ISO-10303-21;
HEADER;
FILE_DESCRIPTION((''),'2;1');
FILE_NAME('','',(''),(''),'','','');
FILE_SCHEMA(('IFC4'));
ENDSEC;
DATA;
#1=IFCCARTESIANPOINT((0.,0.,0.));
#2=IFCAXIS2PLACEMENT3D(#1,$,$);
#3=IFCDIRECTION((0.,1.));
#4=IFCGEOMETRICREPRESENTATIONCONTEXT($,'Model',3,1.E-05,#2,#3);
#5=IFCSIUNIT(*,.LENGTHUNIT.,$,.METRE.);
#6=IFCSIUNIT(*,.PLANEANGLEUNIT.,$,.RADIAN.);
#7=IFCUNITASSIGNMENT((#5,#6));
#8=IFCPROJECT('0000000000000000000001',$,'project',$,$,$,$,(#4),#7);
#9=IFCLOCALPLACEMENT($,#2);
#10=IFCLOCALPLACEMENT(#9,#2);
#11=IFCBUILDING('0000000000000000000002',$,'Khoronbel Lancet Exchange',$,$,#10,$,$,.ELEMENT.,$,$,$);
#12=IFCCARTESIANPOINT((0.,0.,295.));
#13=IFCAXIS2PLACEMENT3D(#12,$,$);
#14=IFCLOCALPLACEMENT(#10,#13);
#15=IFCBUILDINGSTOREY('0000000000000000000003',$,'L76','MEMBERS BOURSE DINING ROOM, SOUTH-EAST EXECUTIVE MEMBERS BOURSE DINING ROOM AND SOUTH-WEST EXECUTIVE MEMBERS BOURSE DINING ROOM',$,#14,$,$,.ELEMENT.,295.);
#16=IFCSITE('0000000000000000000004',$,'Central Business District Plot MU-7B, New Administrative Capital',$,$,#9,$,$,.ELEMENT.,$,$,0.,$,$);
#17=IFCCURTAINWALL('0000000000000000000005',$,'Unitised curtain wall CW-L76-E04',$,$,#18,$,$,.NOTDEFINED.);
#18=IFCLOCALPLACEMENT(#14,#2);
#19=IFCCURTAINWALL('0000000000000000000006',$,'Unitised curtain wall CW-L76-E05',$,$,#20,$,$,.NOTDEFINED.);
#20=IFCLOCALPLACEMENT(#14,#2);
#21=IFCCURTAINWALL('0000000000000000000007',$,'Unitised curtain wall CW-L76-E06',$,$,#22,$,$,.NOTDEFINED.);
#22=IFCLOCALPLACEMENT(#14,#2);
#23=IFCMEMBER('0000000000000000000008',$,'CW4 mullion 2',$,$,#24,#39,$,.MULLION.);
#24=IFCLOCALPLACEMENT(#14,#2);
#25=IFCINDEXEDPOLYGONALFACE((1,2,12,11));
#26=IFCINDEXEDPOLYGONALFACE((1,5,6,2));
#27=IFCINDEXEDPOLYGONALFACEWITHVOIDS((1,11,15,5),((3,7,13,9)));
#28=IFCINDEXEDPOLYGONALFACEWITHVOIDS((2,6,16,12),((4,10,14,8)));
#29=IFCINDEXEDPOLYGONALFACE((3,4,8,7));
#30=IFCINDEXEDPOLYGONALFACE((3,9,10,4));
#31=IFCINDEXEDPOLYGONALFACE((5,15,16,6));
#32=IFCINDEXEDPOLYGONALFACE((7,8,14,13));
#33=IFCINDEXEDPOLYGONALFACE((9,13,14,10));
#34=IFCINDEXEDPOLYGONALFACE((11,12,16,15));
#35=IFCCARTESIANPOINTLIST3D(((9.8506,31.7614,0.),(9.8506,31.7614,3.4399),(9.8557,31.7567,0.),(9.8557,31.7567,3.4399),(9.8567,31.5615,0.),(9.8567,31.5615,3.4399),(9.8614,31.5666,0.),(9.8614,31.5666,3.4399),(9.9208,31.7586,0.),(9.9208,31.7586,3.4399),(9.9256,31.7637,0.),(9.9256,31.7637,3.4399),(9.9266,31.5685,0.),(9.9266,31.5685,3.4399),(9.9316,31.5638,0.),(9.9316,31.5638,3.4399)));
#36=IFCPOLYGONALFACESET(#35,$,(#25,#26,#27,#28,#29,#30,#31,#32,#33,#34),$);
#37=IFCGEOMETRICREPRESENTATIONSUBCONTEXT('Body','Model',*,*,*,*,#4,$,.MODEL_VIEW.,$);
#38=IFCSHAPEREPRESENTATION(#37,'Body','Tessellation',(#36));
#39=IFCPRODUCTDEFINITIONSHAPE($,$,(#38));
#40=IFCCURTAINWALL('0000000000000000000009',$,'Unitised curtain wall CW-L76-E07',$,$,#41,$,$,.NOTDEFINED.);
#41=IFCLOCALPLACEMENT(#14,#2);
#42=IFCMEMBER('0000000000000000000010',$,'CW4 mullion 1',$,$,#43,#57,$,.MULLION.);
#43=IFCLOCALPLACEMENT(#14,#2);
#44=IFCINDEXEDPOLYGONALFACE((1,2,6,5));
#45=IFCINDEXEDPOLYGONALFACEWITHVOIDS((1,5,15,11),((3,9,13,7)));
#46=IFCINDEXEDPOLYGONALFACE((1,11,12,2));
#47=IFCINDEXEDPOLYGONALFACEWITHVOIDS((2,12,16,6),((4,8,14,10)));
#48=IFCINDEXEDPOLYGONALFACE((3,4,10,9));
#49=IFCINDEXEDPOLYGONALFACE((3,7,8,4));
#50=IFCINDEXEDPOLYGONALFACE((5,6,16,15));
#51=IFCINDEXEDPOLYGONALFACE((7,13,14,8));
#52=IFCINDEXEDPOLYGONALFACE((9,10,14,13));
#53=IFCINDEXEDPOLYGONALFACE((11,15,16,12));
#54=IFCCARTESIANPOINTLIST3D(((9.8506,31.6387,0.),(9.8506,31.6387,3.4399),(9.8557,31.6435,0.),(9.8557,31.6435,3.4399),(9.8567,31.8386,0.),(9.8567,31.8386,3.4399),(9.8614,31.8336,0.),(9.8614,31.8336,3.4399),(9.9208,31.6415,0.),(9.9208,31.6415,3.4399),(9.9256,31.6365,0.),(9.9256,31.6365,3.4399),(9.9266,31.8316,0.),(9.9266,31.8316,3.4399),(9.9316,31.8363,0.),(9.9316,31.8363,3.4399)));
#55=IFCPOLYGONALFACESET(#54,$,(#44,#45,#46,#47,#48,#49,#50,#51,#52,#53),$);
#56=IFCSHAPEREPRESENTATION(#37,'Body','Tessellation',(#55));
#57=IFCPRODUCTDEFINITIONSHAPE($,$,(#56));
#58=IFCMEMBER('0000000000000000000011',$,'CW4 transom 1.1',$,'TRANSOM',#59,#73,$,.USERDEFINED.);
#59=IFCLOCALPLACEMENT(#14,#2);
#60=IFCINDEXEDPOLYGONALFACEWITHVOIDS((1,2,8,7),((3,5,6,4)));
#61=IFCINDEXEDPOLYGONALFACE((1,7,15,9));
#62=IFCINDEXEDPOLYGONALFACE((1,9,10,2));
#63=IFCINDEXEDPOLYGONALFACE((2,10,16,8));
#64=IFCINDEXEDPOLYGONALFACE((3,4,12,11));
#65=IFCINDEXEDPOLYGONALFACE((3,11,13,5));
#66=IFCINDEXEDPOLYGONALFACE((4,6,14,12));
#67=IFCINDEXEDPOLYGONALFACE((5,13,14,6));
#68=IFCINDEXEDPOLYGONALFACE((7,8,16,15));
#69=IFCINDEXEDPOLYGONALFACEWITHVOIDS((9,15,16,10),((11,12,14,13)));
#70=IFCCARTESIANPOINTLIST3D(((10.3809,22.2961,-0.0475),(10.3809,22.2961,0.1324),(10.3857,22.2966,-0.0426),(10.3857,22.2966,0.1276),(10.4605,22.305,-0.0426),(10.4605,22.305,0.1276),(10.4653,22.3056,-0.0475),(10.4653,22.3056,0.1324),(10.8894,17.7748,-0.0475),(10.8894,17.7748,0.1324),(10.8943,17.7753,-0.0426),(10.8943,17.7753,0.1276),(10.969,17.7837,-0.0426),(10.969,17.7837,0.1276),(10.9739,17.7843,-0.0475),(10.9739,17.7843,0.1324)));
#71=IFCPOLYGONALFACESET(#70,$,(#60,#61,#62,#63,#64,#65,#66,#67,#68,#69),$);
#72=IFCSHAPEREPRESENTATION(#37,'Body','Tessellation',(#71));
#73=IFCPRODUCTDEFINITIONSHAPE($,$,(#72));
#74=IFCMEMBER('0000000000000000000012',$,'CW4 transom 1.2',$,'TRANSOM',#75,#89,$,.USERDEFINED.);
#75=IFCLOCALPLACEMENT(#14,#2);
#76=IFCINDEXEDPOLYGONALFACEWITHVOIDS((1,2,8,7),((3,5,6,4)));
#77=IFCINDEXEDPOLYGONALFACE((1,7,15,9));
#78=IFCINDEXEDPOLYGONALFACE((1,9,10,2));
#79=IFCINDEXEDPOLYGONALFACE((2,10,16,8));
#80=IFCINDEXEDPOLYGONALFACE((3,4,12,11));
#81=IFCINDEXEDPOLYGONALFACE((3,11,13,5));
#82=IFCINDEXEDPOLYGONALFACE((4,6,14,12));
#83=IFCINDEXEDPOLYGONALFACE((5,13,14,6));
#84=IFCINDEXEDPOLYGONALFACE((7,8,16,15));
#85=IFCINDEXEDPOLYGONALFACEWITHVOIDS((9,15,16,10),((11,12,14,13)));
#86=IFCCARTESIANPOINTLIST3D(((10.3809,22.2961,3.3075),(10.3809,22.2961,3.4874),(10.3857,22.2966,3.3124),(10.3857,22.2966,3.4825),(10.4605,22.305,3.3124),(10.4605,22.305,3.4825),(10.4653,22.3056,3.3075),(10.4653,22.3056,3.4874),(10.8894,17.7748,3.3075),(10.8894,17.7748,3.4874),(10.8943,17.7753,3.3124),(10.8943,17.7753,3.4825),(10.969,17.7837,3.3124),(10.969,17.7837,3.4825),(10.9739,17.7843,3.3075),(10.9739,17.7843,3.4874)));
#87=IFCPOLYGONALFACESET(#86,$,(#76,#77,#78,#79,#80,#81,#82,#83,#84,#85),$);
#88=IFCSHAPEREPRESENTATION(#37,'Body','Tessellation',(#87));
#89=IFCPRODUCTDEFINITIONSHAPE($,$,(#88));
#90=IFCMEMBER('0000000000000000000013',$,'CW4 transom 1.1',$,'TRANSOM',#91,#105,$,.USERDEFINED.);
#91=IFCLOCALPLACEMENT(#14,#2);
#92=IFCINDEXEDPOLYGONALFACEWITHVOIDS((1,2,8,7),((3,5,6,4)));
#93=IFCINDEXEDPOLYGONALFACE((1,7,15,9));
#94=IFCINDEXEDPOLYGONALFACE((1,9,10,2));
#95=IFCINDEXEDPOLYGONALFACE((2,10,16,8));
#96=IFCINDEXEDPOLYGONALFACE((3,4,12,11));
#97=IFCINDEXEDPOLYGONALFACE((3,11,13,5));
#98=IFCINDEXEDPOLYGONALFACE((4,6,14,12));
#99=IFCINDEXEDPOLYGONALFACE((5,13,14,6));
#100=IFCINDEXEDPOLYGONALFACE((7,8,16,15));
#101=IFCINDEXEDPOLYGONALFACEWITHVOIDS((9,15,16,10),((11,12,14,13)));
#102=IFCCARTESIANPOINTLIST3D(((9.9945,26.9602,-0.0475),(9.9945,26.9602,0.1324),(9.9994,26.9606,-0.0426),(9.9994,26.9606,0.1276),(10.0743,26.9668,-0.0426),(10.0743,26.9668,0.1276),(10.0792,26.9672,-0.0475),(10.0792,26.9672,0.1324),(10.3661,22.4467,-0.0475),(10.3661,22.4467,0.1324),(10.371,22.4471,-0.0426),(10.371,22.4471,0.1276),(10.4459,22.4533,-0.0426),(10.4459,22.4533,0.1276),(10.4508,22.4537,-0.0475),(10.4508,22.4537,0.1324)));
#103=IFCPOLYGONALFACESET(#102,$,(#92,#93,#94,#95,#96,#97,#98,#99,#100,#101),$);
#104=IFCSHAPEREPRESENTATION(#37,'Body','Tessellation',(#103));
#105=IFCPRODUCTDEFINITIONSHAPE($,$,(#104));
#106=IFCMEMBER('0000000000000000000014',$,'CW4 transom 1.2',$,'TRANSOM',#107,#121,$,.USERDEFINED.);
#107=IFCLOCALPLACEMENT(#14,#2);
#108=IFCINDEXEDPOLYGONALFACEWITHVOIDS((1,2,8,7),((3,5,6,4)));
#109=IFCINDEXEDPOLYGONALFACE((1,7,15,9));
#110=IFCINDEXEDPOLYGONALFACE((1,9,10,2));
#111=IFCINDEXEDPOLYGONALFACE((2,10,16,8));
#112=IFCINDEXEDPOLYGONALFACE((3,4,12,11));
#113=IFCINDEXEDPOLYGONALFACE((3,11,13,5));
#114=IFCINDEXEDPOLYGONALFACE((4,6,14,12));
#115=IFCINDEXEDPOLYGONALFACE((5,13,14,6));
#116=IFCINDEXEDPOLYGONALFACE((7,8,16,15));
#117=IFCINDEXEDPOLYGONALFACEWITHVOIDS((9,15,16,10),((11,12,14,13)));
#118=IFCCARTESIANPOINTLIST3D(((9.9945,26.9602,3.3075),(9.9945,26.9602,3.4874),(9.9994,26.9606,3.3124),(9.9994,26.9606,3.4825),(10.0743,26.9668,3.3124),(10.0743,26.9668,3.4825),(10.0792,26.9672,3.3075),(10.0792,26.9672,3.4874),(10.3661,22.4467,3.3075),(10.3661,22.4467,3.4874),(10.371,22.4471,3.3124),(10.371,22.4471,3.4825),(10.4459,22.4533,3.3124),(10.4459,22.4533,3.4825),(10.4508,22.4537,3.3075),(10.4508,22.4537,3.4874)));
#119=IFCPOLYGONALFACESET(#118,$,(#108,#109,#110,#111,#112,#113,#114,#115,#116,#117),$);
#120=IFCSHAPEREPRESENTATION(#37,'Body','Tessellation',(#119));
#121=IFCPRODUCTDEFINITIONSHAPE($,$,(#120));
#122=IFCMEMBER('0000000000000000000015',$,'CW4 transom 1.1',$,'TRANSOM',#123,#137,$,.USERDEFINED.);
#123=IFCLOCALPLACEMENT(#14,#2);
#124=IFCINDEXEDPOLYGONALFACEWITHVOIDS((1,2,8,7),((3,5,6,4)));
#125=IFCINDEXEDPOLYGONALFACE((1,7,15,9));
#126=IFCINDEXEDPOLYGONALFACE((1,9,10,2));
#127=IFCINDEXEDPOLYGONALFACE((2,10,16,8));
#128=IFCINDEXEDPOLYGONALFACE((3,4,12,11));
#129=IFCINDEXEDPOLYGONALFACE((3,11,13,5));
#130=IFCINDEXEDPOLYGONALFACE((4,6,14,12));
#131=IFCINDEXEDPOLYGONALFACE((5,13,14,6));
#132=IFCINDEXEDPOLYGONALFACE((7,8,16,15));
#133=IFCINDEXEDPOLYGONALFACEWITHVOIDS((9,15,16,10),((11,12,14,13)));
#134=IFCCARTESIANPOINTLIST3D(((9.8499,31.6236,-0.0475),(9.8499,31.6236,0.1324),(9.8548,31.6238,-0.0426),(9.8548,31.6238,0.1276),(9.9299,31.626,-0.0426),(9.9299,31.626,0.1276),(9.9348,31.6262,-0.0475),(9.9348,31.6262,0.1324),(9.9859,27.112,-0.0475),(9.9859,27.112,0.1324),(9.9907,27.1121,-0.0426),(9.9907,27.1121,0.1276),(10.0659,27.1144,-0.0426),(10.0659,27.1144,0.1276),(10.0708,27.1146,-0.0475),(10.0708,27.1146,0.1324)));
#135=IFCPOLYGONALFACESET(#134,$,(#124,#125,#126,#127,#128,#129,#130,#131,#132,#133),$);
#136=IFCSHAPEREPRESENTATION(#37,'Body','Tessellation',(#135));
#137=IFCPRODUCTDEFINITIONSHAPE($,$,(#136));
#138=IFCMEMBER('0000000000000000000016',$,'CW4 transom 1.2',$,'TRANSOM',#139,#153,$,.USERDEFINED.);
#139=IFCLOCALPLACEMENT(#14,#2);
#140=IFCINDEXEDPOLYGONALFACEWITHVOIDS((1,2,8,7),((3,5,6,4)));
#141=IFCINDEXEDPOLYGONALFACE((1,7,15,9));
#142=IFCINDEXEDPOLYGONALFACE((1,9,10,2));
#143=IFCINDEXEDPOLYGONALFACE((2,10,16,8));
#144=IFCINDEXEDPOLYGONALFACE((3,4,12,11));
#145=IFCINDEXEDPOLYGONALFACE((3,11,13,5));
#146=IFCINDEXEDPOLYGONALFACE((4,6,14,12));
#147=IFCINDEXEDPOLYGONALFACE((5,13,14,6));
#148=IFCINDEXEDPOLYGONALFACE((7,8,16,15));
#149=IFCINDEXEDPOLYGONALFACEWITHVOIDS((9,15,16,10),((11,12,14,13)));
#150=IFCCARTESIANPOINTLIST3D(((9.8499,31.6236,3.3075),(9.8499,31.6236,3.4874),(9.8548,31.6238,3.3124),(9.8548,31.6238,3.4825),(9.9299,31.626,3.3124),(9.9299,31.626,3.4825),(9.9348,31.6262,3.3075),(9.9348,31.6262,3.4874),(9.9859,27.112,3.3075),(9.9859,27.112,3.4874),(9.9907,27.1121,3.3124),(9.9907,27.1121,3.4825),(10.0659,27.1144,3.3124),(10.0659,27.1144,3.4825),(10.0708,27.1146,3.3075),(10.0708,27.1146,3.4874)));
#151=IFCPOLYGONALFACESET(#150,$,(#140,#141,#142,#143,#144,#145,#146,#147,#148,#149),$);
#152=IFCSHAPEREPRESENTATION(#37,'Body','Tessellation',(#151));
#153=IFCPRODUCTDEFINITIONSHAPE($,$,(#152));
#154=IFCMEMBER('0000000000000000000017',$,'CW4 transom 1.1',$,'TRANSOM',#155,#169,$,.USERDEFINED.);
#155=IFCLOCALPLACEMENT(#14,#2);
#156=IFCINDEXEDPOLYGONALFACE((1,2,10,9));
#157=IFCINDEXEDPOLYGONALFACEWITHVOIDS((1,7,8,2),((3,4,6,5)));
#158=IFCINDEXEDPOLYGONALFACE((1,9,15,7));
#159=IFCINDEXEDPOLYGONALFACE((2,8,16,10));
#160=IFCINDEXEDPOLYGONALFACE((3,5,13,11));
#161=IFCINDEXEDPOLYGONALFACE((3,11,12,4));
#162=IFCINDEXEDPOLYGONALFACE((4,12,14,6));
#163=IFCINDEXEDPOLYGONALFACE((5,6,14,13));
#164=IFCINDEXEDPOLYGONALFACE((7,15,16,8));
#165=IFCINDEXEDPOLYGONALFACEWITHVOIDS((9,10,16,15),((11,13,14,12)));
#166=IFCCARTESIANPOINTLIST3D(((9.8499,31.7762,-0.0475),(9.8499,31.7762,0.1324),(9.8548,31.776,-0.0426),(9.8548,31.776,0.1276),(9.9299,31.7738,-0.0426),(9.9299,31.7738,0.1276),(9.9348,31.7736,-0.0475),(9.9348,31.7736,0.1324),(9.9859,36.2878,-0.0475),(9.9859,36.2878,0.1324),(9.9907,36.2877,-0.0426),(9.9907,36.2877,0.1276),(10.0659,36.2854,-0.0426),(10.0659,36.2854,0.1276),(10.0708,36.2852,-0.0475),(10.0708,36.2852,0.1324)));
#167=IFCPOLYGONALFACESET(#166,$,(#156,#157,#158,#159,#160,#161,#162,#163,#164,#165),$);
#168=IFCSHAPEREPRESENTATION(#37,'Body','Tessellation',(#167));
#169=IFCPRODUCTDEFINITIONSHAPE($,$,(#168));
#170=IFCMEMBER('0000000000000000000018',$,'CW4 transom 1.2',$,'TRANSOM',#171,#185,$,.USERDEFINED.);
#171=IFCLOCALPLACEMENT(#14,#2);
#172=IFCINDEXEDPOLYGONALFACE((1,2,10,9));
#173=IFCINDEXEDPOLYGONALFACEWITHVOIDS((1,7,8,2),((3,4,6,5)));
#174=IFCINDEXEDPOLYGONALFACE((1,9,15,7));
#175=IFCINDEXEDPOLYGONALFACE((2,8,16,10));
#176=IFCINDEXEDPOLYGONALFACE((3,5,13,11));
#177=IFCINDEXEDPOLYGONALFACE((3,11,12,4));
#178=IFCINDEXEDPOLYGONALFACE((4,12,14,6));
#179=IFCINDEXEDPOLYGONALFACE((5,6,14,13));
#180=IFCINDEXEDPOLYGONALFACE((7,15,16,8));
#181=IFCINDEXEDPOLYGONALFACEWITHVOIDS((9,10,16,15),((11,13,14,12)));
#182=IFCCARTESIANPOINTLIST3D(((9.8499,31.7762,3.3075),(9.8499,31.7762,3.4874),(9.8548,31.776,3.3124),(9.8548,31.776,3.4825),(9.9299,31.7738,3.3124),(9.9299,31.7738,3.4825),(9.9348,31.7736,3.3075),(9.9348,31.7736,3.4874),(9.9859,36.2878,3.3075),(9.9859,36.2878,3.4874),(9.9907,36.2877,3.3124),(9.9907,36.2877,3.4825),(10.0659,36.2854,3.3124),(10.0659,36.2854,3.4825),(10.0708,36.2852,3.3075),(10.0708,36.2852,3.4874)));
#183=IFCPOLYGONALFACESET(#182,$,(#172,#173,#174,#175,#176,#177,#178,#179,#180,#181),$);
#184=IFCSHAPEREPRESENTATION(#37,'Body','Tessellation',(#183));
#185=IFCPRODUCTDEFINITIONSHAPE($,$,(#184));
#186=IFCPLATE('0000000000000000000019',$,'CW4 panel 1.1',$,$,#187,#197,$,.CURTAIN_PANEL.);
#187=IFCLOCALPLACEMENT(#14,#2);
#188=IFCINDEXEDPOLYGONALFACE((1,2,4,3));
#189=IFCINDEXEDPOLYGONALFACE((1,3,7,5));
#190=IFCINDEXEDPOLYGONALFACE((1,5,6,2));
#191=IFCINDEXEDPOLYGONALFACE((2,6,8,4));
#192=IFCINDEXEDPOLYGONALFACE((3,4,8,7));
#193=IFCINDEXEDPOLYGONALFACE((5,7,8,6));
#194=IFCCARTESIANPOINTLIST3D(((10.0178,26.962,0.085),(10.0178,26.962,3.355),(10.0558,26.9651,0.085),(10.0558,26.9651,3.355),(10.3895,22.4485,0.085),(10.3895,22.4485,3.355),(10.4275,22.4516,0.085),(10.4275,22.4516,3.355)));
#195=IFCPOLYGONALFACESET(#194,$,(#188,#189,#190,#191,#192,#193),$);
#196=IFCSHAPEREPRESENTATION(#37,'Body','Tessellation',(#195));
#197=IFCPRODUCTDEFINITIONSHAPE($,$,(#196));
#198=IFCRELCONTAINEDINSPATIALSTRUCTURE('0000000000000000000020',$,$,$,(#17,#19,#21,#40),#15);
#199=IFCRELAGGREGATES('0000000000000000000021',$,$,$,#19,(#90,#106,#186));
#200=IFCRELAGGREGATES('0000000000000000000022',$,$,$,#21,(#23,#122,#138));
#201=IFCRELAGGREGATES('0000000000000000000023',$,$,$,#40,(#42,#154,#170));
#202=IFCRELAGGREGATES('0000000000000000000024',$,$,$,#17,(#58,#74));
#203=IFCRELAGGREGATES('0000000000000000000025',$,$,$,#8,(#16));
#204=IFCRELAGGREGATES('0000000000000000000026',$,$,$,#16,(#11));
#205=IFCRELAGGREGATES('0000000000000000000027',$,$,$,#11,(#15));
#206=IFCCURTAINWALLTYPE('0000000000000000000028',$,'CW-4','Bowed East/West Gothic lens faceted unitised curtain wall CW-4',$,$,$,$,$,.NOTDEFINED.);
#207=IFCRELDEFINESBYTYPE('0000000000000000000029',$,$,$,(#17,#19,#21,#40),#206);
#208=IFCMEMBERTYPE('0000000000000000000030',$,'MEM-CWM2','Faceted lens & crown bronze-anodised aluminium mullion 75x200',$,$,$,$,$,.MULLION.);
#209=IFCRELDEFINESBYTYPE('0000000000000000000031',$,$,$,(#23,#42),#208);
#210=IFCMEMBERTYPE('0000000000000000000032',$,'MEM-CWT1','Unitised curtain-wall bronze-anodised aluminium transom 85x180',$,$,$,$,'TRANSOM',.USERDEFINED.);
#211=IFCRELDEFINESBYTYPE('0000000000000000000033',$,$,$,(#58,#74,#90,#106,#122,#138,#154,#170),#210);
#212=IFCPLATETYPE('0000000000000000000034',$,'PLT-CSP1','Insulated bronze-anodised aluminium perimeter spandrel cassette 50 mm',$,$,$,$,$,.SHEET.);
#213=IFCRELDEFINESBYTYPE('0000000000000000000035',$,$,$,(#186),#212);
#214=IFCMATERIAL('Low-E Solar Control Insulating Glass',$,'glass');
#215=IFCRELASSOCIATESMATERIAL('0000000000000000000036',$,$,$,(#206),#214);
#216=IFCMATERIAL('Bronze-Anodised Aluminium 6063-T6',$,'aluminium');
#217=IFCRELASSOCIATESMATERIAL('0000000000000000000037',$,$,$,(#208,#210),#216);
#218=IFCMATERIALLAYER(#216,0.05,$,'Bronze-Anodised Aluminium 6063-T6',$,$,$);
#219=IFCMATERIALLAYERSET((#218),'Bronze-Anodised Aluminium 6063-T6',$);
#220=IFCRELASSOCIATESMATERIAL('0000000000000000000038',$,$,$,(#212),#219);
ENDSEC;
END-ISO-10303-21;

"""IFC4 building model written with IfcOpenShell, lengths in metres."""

from ifc_helpers import new_model, si_unit, direction, frame, origin, origin_2d, place, context, subcontext, project, spatial, rectangle, hollow_rectangle, extrude, material, layer, layer_set, material_profile, profile_set, type_object, element, aggregate, save


model = new_model("IFC4")

# Units and contexts
model_context = context("Model", 3, precision=1e-05, world=origin(), true_north=direction((0.0, 1.0)))
body_context = subcontext(model_context, "Body", "Model", "MODEL_VIEW")
ifc_project = project(units=[si_unit("LENGTHUNIT", "METRE"), si_unit("PLANEANGLEUNIT", "RADIAN")], contexts=[model_context])

# Site, building, storey
site_placement = place(None, origin())
site = spatial("IfcSite", under=ifc_project, at=site_placement, Name="Central Business District Plot MU-7B, New Administrative Capital", CompositionType="ELEMENT", RefElevation=0.0)
building_placement = place(site_placement, origin())
building = spatial("IfcBuilding", under=site, at=building_placement, Name="Khoronbel Lancet Exchange", CompositionType="ELEMENT")
storey_placement = place(building_placement, frame((0.0, 0.0, 295.0)))
storey = spatial("IfcBuildingStorey", under=building, at=storey_placement, Name="L76", Description="MEMBERS BOURSE DINING ROOM, SOUTH-EAST EXECUTIVE MEMBERS BOURSE DINING ROOM AND SOUTH-WEST EXECUTIVE MEMBERS BOURSE DINING ROOM", CompositionType="ELEMENT", Elevation=295.0)

# Curtain walls, member
ifc_material_1 = material(Name="Low-E Solar Control Insulating Glass", Category="glass")
curtain_wall_type = type_object("IfcCurtainWallType", Name="CW-4", Description="Bowed East/West Gothic lens faceted unitised curtain wall CW-4", PredefinedType="NOTDEFINED", material=ifc_material_1)
curtain_wall_1_placement = place(storey_placement, origin())
curtain_wall_1 = element("IfcCurtainWall", 1, at=curtain_wall_1_placement, inside=storey, type_object=curtain_wall_type, Name="Unitised curtain wall CW-L76-E04", PredefinedType="NOTDEFINED")
ifc_material_2 = material(Name="Bronze-Anodised Aluminium 6063-T6", Category="aluminium")
ifc_material_profile_1 = material_profile(ifc_material_2, hollow_rectangle(XDim=0.075, YDim=0.2, WallThickness=0.0049, at=origin_2d()), Name="ALU MULLION 75x200")
ifc_profile_set_1 = profile_set([ifc_material_profile_1], Name="Bronze-Anodised Aluminium 6063-T6")
member_type_1 = type_object("IfcMemberType", Name="MEM-CWM2", Description="Faceted lens & crown bronze-anodised aluminium mullion 75x200", PredefinedType="MULLION", material=ifc_profile_set_1)
curtain_wall_2_placement = place(storey_placement, origin())
curtain_wall_2 = element("IfcCurtainWall", 2, at=curtain_wall_2_placement, inside=storey, type_object=curtain_wall_type, Name="Unitised curtain wall CW-L76-E05", PredefinedType="NOTDEFINED")
curtain_wall_3_placement = place(storey_placement, origin())
curtain_wall_3 = element("IfcCurtainWall", 3, at=curtain_wall_3_placement, inside=storey, type_object=curtain_wall_type, Name="Unitised curtain wall CW-L76-E06", PredefinedType="NOTDEFINED")
member_1_placement = place(storey_placement, frame((9.8911, 31.6626, 0.0), z_axis=(0.0, 0.0, 1.0), x_axis=(-0.999545, -0.030148, 0.0)))
member_1 = element("IfcMember", 4, at=member_1_placement, type_object=member_type_1, Name="CW4 mullion 2", PredefinedType="MULLION", context=body_context, shape_type="SweptSolid", body=[
    extrude(hollow_rectangle(XDim=0.075, YDim=0.2, WallThickness=0.0049, at=origin_2d()), origin(), (0.0, 0.0, 1.0), 3.4399),
])

# Curtain wall, member
curtain_wall_4_placement = place(storey_placement, origin())
curtain_wall_4 = element("IfcCurtainWall", 5, at=curtain_wall_4_placement, inside=storey, type_object=curtain_wall_type, Name="Unitised curtain wall CW-L76-E07", PredefinedType="NOTDEFINED")
member_2_placement = place(storey_placement, frame((9.8911, 31.7375, 0.0), z_axis=(0.0, 0.0, 1.0), x_axis=(-0.999545, 0.030148, 0.0)))
member_2 = element("IfcMember", 6, at=member_2_placement, type_object=member_type_1, Name="CW4 mullion 1", PredefinedType="MULLION", context=body_context, shape_type="SweptSolid", body=[
    extrude(hollow_rectangle(XDim=0.075, YDim=0.2, WallThickness=0.0049, at=origin_2d()), origin(), (0.0, 0.0, 1.0), 3.4399),
])

# Members
ifc_material_profile_2 = material_profile(ifc_material_2, hollow_rectangle(XDim=0.085, YDim=0.1799, WallThickness=0.0049, at=origin_2d()), Name="ALU TRANSOM 85x180")
ifc_profile_set_2 = profile_set([ifc_material_profile_2], Name="Bronze-Anodised Aluminium 6063-T6")
member_type_2 = type_object("IfcMemberType", Name="MEM-CWT1", Description="Unitised curtain-wall bronze-anodised aluminium transom 85x180", ElementType="TRANSOM", PredefinedType="USERDEFINED", material=ifc_profile_set_2)
member_3_placement = place(storey_placement, frame((10.9316, 17.7795, 0.0425), z_axis=(-0.111774, 0.993734, 0.0), x_axis=(-0.993734, -0.111774, 0.0)))
member_3 = element("IfcMember", 7, at=member_3_placement, type_object=member_type_2, Name="CW4 transom 1.1", ObjectType="TRANSOM", PredefinedType="USERDEFINED", context=body_context, shape_type="SweptSolid", body=[
    extrude(hollow_rectangle(XDim=0.085, YDim=0.1799, WallThickness=0.0049, at=origin_2d()), origin(), (0.0, 0.0, 1.0), 4.5498),
])
member_4_placement = place(storey_placement, frame((10.9316, 17.7795, 3.3975), z_axis=(-0.111774, 0.993734, 0.0), x_axis=(-0.993734, -0.111774, 0.0)))
member_4 = element("IfcMember", 8, at=member_4_placement, type_object=member_type_2, Name="CW4 transom 1.2", ObjectType="TRANSOM", PredefinedType="USERDEFINED", context=body_context, shape_type="SweptSolid", body=[
    extrude(hollow_rectangle(XDim=0.085, YDim=0.1799, WallThickness=0.0049, at=origin_2d()), origin(), (0.0, 0.0, 1.0), 4.5498),
])
member_5_placement = place(storey_placement, frame((10.4084, 22.4502, 0.0425), z_axis=(-0.082051, 0.996628, 0.0), x_axis=(-0.996628, -0.082051, 0.0)))
member_5 = element("IfcMember", 9, at=member_5_placement, type_object=member_type_2, Name="CW4 transom 1.1", ObjectType="TRANSOM", PredefinedType="USERDEFINED", context=body_context, shape_type="SweptSolid", body=[
    extrude(hollow_rectangle(XDim=0.085, YDim=0.1799, WallThickness=0.0049, at=origin_2d()), origin(), (0.0, 0.0, 1.0), 4.5288),
])
member_6_placement = place(storey_placement, frame((10.4084, 22.4502, 3.3975), z_axis=(-0.082051, 0.996628, 0.0), x_axis=(-0.996628, -0.082051, 0.0)))
member_6 = element("IfcMember", 10, at=member_6_placement, type_object=member_type_2, Name="CW4 transom 1.2", ObjectType="TRANSOM", PredefinedType="USERDEFINED", context=body_context, shape_type="SweptSolid", body=[
    extrude(hollow_rectangle(XDim=0.085, YDim=0.1799, WallThickness=0.0049, at=origin_2d()), origin(), (0.0, 0.0, 1.0), 4.5288),
])
member_7_placement = place(storey_placement, frame((10.0283, 27.1133, 0.0425), z_axis=(-0.030127, 0.999546, 0.0), x_axis=(-0.999546, -0.030127, 0.0)))
member_7 = element("IfcMember", 11, at=member_7_placement, type_object=member_type_2, Name="CW4 transom 1.1", ObjectType="TRANSOM", PredefinedType="USERDEFINED", context=body_context, shape_type="SweptSolid", body=[
    extrude(hollow_rectangle(XDim=0.085, YDim=0.1799, WallThickness=0.0049, at=origin_2d()), origin(), (0.0, 0.0, 1.0), 4.5137),
])
member_8_placement = place(storey_placement, frame((10.0283, 27.1133, 3.3975), z_axis=(-0.030127, 0.999546, 0.0), x_axis=(-0.999546, -0.030127, 0.0)))
member_8 = element("IfcMember", 12, at=member_8_placement, type_object=member_type_2, Name="CW4 transom 1.2", ObjectType="TRANSOM", PredefinedType="USERDEFINED", context=body_context, shape_type="SweptSolid", body=[
    extrude(hollow_rectangle(XDim=0.085, YDim=0.1799, WallThickness=0.0049, at=origin_2d()), origin(), (0.0, 0.0, 1.0), 4.5137),
])
member_9_placement = place(storey_placement, frame((9.8923, 31.7749, 0.0425), z_axis=(0.030127, 0.999546, 0.0), x_axis=(-0.999546, 0.030127, 0.0)))
member_9 = element("IfcMember", 13, at=member_9_placement, type_object=member_type_2, Name="CW4 transom 1.1", ObjectType="TRANSOM", PredefinedType="USERDEFINED", context=body_context, shape_type="SweptSolid", body=[
    extrude(hollow_rectangle(XDim=0.085, YDim=0.1799, WallThickness=0.0049, at=origin_2d()), origin(), (0.0, 0.0, 1.0), 4.5137),
])
member_10_placement = place(storey_placement, frame((9.8923, 31.7749, 3.3975), z_axis=(0.030127, 0.999546, 0.0), x_axis=(-0.999546, 0.030127, 0.0)))
member_10 = element("IfcMember", 14, at=member_10_placement, type_object=member_type_2, Name="CW4 transom 1.2", ObjectType="TRANSOM", PredefinedType="USERDEFINED", context=body_context, shape_type="SweptSolid", body=[
    extrude(hollow_rectangle(XDim=0.085, YDim=0.1799, WallThickness=0.0049, at=origin_2d()), origin(), (0.0, 0.0, 1.0), 4.5137),
])

# Plate
ifc_layer_1 = layer(ifc_material_2, 0.05, Name="Bronze-Anodised Aluminium 6063-T6")
ifc_layer_set_1 = layer_set([ifc_layer_1], Name="Bronze-Anodised Aluminium 6063-T6")
plate_type_1 = type_object("IfcPlateType", Name="PLT-CSP1", Description="Insulated bronze-anodised aluminium perimeter spandrel cassette 50 mm", PredefinedType="SHEET", material=ifc_layer_set_1)
plate_1_placement = place(storey_placement, frame((10.2227, 24.7068, 0.085), z_axis=(0.0, 0.0, 1.0), x_axis=(-0.082073, 0.996626, 0.0)))
plate_1 = element("IfcPlate", 15, at=plate_1_placement, type_object=plate_type_1, Name="CW4 panel 1.1", PredefinedType="CURTAIN_PANEL", context=body_context, shape_type="SweptSolid", body=[
    extrude(rectangle(XDim=4.5288, YDim=0.0381, at=origin_2d()), origin(), (0.0, 0.0, 1.0), 3.27),
])
aggregate(curtain_wall_2, [member_5, member_6, plate_1])
aggregate(curtain_wall_3, [member_1, member_7, member_8])
aggregate(curtain_wall_4, [member_2, member_9, member_10])
aggregate(curtain_wall_1, [member_3, member_4])

save(model, "model.ifc")
